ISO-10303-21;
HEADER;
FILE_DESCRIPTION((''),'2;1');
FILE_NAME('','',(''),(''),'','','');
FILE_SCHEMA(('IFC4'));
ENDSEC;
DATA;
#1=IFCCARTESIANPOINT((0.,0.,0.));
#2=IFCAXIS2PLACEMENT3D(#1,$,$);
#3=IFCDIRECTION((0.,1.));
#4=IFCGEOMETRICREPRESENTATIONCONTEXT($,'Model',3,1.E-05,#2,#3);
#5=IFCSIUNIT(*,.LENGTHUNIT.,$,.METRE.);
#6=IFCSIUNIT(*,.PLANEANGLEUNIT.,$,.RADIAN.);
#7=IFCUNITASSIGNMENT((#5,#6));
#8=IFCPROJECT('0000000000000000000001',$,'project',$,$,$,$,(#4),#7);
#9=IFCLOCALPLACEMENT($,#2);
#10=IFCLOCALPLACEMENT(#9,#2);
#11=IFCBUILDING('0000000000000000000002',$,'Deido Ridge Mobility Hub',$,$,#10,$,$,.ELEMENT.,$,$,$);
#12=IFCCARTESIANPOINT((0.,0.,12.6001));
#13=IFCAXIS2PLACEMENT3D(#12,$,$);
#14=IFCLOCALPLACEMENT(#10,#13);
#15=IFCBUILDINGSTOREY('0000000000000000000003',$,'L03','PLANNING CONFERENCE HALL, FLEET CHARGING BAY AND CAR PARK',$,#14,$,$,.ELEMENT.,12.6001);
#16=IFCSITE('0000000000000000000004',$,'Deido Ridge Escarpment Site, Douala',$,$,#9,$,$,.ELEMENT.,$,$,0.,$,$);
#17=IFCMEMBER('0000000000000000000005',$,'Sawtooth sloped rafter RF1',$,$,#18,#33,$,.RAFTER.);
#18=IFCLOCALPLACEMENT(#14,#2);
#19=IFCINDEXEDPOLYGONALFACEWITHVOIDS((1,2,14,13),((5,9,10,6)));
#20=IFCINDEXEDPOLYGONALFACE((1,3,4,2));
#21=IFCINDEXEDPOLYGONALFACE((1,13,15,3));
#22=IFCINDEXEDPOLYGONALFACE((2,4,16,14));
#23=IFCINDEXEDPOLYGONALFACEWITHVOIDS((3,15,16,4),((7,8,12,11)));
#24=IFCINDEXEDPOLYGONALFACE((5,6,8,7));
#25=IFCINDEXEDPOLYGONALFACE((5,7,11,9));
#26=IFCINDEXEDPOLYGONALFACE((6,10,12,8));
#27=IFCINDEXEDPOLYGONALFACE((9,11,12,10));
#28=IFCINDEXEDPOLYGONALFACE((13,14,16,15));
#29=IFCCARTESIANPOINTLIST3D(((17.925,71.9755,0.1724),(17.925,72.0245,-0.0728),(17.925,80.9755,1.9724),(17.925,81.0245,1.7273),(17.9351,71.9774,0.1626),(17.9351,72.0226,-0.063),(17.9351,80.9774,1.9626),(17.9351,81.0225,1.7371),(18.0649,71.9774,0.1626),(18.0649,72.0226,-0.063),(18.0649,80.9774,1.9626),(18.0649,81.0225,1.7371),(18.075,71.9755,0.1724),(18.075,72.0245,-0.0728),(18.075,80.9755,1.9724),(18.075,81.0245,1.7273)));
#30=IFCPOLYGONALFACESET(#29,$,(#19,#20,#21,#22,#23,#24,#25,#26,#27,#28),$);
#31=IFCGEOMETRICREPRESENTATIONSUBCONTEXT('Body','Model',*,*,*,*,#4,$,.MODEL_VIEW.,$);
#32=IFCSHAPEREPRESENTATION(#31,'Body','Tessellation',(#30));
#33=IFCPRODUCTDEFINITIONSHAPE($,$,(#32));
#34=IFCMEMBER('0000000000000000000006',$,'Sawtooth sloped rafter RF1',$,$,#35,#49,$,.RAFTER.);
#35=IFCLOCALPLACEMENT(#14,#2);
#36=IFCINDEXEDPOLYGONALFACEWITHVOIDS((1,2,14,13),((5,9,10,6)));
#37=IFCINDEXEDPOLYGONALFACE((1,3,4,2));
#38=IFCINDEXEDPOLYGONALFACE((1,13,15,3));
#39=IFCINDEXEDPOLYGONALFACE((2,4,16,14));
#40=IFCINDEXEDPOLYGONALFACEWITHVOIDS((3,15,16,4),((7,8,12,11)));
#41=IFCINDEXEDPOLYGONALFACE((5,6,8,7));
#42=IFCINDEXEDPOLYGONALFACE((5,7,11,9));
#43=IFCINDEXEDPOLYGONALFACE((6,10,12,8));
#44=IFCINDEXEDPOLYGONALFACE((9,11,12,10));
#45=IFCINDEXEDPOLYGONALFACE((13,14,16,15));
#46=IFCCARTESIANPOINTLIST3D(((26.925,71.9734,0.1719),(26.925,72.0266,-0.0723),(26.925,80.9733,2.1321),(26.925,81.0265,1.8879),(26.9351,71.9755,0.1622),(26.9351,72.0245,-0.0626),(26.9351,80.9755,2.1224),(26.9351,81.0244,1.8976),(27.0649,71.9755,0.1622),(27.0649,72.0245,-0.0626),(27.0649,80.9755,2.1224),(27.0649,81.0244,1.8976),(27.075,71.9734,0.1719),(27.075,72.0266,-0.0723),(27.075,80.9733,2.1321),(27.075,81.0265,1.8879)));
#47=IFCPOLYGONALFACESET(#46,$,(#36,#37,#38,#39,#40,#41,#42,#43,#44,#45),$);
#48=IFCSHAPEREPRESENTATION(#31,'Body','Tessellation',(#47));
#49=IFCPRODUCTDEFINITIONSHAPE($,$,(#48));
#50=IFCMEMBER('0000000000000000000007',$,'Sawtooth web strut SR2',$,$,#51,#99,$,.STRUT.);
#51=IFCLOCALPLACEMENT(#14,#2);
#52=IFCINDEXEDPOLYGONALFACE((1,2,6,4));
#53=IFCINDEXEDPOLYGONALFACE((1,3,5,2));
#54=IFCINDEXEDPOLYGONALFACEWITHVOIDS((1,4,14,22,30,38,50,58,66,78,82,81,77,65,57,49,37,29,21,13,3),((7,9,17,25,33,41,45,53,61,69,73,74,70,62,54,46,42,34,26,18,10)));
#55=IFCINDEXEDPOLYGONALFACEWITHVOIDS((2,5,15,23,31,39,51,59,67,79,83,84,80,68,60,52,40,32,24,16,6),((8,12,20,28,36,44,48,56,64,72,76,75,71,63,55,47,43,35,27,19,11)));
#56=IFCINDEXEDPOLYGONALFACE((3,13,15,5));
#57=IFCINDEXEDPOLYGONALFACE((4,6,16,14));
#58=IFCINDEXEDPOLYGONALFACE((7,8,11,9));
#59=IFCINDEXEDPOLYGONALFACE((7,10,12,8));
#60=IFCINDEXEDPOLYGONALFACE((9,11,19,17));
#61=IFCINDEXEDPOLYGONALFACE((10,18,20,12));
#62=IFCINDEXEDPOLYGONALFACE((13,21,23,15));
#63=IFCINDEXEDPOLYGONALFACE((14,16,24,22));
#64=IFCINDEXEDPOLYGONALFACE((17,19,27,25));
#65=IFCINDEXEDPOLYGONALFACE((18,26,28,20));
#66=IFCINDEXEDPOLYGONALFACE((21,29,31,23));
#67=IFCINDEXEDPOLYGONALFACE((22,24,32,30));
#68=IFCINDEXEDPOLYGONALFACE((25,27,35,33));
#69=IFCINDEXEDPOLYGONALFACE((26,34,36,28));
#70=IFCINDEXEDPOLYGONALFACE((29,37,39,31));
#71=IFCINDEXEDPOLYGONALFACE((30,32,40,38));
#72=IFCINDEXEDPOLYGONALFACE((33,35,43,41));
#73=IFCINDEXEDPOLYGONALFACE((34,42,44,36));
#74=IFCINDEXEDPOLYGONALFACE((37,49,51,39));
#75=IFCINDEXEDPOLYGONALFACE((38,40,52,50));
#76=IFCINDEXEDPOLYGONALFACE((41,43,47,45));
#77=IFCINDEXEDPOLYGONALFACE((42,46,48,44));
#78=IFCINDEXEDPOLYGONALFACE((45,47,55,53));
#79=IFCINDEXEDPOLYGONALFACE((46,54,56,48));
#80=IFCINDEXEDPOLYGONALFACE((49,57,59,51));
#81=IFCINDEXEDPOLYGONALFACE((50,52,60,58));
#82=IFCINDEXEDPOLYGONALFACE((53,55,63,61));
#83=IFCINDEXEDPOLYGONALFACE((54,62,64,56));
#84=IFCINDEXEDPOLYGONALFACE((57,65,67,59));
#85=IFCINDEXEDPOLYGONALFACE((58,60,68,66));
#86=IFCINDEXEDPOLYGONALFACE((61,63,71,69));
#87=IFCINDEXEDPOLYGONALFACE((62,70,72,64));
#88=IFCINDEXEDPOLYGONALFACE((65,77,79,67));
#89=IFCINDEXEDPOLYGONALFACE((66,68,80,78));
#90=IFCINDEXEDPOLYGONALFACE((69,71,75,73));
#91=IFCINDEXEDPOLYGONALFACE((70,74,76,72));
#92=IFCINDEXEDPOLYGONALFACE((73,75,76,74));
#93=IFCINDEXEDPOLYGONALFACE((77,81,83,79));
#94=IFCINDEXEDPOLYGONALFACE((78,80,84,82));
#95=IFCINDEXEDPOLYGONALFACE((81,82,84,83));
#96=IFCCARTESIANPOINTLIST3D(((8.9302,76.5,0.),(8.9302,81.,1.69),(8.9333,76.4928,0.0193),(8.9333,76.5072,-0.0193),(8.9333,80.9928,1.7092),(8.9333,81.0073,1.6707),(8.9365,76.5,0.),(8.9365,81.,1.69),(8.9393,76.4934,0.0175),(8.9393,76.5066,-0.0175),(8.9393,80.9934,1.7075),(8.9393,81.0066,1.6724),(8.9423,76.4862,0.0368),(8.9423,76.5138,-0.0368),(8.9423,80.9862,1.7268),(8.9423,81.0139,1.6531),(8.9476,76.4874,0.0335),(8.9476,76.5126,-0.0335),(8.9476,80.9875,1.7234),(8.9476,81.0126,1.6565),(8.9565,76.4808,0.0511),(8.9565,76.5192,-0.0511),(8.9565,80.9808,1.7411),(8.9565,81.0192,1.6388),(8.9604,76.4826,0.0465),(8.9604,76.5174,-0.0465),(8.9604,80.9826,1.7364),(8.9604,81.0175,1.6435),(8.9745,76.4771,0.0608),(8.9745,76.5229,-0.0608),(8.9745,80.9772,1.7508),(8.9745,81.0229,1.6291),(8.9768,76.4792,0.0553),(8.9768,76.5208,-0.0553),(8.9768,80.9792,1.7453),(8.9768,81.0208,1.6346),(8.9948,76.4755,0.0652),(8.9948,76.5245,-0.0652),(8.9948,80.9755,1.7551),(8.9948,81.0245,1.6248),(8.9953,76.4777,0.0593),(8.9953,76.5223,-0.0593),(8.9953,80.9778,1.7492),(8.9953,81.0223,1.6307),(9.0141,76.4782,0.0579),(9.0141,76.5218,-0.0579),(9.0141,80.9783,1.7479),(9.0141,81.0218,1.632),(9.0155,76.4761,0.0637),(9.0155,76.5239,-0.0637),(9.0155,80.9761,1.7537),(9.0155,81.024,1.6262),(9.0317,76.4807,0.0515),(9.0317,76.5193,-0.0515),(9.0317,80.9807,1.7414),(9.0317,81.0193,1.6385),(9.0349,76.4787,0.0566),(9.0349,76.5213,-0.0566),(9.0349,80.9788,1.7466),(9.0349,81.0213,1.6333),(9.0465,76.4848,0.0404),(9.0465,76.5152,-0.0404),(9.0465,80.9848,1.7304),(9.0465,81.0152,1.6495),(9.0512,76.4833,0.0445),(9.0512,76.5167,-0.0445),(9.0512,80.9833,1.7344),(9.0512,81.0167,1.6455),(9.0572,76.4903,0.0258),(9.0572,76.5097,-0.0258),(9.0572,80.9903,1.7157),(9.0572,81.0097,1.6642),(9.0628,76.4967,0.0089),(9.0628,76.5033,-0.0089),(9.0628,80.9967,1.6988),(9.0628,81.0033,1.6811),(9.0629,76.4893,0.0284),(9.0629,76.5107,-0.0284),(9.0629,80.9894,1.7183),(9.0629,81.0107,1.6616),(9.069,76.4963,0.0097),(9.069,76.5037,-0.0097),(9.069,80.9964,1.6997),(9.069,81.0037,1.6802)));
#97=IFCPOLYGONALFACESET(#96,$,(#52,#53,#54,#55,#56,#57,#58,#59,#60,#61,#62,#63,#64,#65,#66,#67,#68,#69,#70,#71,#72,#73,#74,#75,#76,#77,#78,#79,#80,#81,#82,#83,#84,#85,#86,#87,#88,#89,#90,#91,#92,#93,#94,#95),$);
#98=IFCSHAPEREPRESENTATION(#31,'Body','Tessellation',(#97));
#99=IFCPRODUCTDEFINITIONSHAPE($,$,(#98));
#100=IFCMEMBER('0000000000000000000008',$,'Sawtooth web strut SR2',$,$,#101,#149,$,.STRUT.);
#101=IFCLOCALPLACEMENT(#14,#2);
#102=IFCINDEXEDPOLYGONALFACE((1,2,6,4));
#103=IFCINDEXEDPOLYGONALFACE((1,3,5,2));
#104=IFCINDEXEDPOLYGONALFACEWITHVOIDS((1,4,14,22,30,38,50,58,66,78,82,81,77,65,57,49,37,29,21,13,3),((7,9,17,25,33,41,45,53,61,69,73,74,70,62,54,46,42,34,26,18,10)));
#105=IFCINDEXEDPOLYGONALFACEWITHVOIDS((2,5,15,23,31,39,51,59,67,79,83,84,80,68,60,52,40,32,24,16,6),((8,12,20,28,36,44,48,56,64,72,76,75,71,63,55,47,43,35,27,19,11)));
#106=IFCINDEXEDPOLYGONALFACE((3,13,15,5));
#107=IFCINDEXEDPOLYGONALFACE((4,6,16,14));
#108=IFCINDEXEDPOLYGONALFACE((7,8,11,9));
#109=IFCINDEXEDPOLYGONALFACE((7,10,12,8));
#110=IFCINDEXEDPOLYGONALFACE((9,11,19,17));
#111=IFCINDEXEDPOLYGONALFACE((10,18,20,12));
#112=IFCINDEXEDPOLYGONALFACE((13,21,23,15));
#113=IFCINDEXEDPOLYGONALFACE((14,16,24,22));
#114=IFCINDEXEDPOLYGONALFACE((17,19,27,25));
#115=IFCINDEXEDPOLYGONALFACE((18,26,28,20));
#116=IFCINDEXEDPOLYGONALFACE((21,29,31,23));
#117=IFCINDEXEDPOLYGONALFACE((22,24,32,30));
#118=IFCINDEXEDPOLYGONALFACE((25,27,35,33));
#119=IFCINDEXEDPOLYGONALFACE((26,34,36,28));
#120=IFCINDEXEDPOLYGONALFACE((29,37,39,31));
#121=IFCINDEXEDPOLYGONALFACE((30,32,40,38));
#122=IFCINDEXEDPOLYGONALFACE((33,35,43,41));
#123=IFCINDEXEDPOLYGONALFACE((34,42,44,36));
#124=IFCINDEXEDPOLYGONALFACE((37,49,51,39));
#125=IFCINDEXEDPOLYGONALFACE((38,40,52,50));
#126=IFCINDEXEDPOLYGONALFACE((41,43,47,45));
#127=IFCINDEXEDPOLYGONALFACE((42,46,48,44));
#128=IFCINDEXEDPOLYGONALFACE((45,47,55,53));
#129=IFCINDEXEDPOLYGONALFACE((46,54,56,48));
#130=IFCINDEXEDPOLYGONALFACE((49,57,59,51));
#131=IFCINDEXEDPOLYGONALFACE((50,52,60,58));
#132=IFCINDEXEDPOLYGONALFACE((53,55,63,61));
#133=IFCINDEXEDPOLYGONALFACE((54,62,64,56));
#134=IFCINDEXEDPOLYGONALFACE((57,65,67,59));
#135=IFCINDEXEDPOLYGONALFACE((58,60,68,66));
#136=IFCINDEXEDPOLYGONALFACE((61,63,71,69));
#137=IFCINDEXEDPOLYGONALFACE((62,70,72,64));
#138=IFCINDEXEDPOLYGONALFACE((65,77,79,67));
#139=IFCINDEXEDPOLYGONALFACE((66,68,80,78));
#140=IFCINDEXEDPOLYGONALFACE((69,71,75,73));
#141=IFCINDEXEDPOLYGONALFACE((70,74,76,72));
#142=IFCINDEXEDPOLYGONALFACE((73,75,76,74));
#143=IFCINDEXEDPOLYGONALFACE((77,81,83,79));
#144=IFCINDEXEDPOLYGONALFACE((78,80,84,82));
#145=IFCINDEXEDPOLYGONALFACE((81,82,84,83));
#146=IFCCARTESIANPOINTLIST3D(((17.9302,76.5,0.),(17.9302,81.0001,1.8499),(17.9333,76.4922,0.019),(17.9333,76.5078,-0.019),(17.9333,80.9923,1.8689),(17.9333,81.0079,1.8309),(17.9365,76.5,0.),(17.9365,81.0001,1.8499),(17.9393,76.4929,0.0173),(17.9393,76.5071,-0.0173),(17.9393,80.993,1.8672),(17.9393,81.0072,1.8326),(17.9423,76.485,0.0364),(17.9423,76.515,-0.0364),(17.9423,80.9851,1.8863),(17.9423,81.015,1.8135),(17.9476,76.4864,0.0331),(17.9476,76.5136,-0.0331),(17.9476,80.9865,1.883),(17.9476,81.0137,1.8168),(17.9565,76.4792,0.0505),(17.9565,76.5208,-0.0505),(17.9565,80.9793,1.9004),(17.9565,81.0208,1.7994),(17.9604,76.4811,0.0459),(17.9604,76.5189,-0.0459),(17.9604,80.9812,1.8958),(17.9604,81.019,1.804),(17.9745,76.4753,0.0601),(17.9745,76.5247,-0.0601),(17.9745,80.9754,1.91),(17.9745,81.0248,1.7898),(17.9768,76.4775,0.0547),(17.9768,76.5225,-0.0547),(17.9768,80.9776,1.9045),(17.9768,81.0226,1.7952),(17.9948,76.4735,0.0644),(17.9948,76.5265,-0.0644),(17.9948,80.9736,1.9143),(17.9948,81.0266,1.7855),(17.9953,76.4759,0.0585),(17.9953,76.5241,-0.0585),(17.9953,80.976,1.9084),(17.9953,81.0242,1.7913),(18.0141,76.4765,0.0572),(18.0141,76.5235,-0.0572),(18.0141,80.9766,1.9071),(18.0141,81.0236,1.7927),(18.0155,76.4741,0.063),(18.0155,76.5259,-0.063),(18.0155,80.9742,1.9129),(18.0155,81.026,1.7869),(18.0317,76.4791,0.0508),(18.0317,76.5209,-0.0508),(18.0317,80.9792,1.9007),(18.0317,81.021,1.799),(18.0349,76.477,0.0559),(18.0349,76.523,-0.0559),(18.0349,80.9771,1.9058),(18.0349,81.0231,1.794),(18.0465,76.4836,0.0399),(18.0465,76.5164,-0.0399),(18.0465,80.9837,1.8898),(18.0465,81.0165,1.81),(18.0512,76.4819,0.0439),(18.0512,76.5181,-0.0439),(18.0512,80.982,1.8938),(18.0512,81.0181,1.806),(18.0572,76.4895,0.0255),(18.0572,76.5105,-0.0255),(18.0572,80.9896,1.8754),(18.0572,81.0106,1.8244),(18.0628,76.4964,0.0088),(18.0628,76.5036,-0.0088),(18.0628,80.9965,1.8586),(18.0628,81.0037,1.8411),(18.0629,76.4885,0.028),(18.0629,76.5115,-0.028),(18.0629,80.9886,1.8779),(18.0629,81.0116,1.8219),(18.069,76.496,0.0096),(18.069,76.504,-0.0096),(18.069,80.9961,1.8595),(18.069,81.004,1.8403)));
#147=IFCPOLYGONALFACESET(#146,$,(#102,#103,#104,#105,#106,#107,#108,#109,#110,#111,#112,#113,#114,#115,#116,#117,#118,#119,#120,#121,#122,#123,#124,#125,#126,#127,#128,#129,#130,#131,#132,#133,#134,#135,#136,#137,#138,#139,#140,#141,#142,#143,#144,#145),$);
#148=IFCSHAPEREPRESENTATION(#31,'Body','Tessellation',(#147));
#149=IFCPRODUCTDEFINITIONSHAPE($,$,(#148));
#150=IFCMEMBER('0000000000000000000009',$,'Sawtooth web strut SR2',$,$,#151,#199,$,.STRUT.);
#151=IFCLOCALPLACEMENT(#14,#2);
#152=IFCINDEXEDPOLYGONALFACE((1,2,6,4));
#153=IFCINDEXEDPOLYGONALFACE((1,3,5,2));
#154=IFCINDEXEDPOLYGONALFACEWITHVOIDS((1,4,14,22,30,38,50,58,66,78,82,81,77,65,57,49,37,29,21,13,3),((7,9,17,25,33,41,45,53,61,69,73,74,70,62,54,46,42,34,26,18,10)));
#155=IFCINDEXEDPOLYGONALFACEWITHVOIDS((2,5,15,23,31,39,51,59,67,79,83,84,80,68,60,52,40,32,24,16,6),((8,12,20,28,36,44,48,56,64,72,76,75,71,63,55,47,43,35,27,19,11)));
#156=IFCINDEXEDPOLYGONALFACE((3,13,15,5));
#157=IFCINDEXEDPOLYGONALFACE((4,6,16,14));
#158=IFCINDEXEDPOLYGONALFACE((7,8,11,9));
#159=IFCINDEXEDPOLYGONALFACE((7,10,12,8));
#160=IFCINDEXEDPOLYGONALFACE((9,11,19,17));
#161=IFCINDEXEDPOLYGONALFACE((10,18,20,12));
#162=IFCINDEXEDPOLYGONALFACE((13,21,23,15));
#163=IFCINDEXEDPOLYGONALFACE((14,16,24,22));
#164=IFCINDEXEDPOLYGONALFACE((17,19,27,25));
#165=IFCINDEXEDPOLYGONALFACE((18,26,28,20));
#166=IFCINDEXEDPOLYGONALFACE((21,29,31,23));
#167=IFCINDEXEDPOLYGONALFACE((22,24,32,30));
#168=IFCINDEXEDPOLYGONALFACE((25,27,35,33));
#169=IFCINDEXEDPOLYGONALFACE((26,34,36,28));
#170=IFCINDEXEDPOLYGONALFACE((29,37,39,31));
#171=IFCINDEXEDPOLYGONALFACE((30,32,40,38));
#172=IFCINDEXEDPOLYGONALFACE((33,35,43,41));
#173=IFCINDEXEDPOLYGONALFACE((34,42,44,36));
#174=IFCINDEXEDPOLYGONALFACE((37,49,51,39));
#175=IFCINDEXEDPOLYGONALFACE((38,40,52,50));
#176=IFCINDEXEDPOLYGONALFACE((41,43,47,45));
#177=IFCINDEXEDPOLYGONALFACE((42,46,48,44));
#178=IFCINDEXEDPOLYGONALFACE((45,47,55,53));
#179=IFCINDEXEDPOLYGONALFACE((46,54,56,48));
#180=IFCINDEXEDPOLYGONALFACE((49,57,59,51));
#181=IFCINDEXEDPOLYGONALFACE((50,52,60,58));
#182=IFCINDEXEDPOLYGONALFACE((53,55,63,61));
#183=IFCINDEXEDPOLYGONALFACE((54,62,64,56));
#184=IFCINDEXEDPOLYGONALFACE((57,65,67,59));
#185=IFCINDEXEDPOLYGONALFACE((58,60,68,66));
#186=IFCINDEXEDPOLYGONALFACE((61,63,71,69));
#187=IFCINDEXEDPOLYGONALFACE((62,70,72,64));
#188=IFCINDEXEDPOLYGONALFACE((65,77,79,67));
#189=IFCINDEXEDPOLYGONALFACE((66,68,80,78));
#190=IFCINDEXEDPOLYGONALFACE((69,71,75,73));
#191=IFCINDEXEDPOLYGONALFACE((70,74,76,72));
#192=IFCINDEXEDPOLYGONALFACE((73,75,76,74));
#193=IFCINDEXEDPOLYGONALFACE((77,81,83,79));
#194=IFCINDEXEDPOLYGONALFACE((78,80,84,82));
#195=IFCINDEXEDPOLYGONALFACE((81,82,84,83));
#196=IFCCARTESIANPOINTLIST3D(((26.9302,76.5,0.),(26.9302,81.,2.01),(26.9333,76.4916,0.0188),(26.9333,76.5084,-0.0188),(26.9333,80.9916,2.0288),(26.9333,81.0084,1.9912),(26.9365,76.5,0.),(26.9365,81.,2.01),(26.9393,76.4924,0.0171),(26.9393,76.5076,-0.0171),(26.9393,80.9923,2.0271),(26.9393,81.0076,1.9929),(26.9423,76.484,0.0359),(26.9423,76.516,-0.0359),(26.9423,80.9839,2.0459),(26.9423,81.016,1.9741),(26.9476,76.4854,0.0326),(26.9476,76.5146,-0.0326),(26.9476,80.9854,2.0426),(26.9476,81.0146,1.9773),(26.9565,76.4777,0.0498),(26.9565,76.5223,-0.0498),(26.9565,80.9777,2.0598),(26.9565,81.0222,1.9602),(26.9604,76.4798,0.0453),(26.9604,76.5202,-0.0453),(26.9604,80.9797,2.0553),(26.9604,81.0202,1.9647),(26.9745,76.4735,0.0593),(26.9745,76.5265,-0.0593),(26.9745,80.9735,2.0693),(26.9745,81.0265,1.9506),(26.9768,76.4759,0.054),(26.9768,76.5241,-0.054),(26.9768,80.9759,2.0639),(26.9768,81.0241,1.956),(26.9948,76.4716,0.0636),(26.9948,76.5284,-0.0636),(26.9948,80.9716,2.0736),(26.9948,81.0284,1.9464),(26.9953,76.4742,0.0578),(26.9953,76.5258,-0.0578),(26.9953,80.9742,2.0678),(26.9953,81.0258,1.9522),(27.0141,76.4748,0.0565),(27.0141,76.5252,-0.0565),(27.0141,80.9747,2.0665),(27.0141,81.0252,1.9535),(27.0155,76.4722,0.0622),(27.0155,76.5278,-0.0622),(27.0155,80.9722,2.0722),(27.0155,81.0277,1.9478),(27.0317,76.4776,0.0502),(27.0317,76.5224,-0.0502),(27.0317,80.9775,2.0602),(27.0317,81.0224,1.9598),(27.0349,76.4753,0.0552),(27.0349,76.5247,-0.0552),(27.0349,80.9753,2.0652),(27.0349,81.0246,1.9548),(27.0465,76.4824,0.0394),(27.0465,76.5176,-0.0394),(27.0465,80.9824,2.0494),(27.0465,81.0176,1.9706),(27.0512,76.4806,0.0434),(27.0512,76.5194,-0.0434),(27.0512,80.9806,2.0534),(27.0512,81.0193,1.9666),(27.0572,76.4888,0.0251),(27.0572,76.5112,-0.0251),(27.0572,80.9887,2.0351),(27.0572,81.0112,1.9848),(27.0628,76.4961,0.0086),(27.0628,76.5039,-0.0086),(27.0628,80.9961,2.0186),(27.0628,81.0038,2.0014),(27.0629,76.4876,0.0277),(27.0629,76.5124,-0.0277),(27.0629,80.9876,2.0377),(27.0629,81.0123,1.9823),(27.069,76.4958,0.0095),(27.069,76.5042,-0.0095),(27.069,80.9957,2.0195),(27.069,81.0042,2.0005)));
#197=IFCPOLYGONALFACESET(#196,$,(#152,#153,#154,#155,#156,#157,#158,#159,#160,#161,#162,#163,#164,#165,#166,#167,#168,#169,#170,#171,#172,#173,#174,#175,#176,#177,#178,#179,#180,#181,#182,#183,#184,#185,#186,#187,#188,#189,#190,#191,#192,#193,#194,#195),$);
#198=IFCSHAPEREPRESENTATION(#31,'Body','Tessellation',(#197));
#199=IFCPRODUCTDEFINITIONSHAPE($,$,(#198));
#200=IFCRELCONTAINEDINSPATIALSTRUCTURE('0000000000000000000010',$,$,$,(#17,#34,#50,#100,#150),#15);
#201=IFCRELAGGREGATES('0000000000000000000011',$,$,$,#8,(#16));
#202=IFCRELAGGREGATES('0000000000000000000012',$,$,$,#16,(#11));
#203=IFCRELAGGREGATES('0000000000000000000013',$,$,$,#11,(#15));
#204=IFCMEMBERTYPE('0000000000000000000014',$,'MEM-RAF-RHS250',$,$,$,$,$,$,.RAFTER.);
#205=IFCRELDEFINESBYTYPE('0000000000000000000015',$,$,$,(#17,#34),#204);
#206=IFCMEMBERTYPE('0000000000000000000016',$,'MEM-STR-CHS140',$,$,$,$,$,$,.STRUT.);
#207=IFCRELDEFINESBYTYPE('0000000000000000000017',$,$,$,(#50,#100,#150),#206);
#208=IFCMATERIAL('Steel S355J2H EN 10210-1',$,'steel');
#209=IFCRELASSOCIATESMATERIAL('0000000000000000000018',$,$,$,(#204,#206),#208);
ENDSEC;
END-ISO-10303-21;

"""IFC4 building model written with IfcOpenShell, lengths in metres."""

from ifc_helpers import new_model, si_unit, direction, frame, origin, origin_2d, place, context, subcontext, project, spatial, hollow_rectangle, hollow_circle, extrude, material, material_profile, profile_set, type_object, element, save


model = new_model("IFC4")

# Units and contexts
model_context = context("Model", 3, precision=1e-05, world=origin(), true_north=direction((0.0, 1.0)))
body_context = subcontext(model_context, "Body", "Model", "MODEL_VIEW")
ifc_project = project(units=[si_unit("LENGTHUNIT", "METRE"), si_unit("PLANEANGLEUNIT", "RADIAN")], contexts=[model_context])

# Site, building, storey
site_placement = place(None, origin())
site = spatial("IfcSite", under=ifc_project, at=site_placement, Name="Deido Ridge Escarpment Site, Douala", CompositionType="ELEMENT", RefElevation=0.0)
building_placement = place(site_placement, origin())
building = spatial("IfcBuilding", under=site, at=building_placement, Name="Deido Ridge Mobility Hub", CompositionType="ELEMENT")
storey_placement = place(building_placement, frame((0.0, 0.0, 12.6001)))
storey = spatial("IfcBuildingStorey", under=building, at=storey_placement, Name="L03", Description="PLANNING CONFERENCE HALL, FLEET CHARGING BAY AND CAR PARK", CompositionType="ELEMENT", Elevation=12.6001)

# Members
ifc_material_1 = material(Name="Steel S355J2H EN 10210-1", Category="steel")
ifc_material_profile_1 = material_profile(ifc_material_1, hollow_rectangle(XDim=0.1499, YDim=0.25, WallThickness=0.01, at=origin_2d()), Name="RHS 250x150x10")
ifc_profile_set_1 = profile_set([ifc_material_profile_1], Name="Steel S355J2H EN 10210-1")
member_type_1 = type_object("IfcMemberType", Name="MEM-RAF-RHS250", PredefinedType="RAFTER", material=ifc_profile_set_1)
member_1_placement = place(storey_placement, frame((18.0, 72.0, 0.0498), z_axis=(0.0, 0.98058, 0.196121), x_axis=(-1.0, 0.0, 0.0)))
element("IfcMember", 1, at=member_1_placement, inside=storey, type_object=member_type_1, Name="Sawtooth sloped rafter RF1", PredefinedType="RAFTER", context=body_context, shape_type="SweptSolid", body=[
    extrude(hollow_rectangle(XDim=0.1499, YDim=0.25, WallThickness=0.01, at=origin_2d()), origin(), (0.0, 0.0, 1.0), 9.1782),
])
member_2_placement = place(storey_placement, frame((27.0, 72.0, 0.0498), z_axis=(0.0, 0.977093, 0.212811), x_axis=(-1.0, 0.0, 0.0)))
element("IfcMember", 2, at=member_2_placement, inside=storey, type_object=member_type_1, Name="Sawtooth sloped rafter RF1", PredefinedType="RAFTER", context=body_context, shape_type="SweptSolid", body=[
    extrude(hollow_rectangle(XDim=0.1499, YDim=0.25, WallThickness=0.01, at=origin_2d()), origin(), (0.0, 0.0, 1.0), 9.2109),
])
ifc_material_profile_2 = material_profile(ifc_material_1, hollow_circle(Radius=0.0698, WallThickness=0.0063, at=origin_2d()), Name="CHS 139.7x6.3")
ifc_profile_set_2 = profile_set([ifc_material_profile_2], Name="Steel S355J2H EN 10210-1")
member_type_2 = type_object("IfcMemberType", Name="MEM-STR-CHS140", PredefinedType="STRUT", material=ifc_profile_set_2)
member_3_placement = place(storey_placement, frame((9.0, 76.5, 0.0), z_axis=(0.0, 0.936162, 0.351569), x_axis=(-1.0, 0.0, 0.0)))
element("IfcMember", 3, at=member_3_placement, inside=storey, type_object=member_type_2, Name="Sawtooth web strut SR2", PredefinedType="STRUT", context=body_context, shape_type="SweptSolid", body=[
    extrude(hollow_circle(Radius=0.0698, WallThickness=0.0063, at=origin_2d()), origin(), (0.0, 0.0, 1.0), 4.8069),
])
member_4_placement = place(storey_placement, frame((18.0, 76.5, 0.0), z_axis=(0.0, 0.924901, 0.380207), x_axis=(-1.0, 0.0, 0.0)))
element("IfcMember", 4, at=member_4_placement, inside=storey, type_object=member_type_2, Name="Sawtooth web strut SR2", PredefinedType="STRUT", context=body_context, shape_type="SweptSolid", body=[
    extrude(hollow_circle(Radius=0.0698, WallThickness=0.0063, at=origin_2d()), origin(), (0.0, 0.0, 1.0), 4.8655),
])
member_5_placement = place(storey_placement, frame((27.0, 76.5, 0.0), z_axis=(0.0, 0.913056, 0.407834), x_axis=(-1.0, 0.0, 0.0)))
element("IfcMember", 5, at=member_5_placement, inside=storey, type_object=member_type_2, Name="Sawtooth web strut SR2", PredefinedType="STRUT", context=body_context, shape_type="SweptSolid", body=[
    extrude(hollow_circle(Radius=0.0698, WallThickness=0.0063, at=origin_2d()), origin(), (0.0, 0.0, 1.0), 4.9285),
])

save(model, "model.ifc")
